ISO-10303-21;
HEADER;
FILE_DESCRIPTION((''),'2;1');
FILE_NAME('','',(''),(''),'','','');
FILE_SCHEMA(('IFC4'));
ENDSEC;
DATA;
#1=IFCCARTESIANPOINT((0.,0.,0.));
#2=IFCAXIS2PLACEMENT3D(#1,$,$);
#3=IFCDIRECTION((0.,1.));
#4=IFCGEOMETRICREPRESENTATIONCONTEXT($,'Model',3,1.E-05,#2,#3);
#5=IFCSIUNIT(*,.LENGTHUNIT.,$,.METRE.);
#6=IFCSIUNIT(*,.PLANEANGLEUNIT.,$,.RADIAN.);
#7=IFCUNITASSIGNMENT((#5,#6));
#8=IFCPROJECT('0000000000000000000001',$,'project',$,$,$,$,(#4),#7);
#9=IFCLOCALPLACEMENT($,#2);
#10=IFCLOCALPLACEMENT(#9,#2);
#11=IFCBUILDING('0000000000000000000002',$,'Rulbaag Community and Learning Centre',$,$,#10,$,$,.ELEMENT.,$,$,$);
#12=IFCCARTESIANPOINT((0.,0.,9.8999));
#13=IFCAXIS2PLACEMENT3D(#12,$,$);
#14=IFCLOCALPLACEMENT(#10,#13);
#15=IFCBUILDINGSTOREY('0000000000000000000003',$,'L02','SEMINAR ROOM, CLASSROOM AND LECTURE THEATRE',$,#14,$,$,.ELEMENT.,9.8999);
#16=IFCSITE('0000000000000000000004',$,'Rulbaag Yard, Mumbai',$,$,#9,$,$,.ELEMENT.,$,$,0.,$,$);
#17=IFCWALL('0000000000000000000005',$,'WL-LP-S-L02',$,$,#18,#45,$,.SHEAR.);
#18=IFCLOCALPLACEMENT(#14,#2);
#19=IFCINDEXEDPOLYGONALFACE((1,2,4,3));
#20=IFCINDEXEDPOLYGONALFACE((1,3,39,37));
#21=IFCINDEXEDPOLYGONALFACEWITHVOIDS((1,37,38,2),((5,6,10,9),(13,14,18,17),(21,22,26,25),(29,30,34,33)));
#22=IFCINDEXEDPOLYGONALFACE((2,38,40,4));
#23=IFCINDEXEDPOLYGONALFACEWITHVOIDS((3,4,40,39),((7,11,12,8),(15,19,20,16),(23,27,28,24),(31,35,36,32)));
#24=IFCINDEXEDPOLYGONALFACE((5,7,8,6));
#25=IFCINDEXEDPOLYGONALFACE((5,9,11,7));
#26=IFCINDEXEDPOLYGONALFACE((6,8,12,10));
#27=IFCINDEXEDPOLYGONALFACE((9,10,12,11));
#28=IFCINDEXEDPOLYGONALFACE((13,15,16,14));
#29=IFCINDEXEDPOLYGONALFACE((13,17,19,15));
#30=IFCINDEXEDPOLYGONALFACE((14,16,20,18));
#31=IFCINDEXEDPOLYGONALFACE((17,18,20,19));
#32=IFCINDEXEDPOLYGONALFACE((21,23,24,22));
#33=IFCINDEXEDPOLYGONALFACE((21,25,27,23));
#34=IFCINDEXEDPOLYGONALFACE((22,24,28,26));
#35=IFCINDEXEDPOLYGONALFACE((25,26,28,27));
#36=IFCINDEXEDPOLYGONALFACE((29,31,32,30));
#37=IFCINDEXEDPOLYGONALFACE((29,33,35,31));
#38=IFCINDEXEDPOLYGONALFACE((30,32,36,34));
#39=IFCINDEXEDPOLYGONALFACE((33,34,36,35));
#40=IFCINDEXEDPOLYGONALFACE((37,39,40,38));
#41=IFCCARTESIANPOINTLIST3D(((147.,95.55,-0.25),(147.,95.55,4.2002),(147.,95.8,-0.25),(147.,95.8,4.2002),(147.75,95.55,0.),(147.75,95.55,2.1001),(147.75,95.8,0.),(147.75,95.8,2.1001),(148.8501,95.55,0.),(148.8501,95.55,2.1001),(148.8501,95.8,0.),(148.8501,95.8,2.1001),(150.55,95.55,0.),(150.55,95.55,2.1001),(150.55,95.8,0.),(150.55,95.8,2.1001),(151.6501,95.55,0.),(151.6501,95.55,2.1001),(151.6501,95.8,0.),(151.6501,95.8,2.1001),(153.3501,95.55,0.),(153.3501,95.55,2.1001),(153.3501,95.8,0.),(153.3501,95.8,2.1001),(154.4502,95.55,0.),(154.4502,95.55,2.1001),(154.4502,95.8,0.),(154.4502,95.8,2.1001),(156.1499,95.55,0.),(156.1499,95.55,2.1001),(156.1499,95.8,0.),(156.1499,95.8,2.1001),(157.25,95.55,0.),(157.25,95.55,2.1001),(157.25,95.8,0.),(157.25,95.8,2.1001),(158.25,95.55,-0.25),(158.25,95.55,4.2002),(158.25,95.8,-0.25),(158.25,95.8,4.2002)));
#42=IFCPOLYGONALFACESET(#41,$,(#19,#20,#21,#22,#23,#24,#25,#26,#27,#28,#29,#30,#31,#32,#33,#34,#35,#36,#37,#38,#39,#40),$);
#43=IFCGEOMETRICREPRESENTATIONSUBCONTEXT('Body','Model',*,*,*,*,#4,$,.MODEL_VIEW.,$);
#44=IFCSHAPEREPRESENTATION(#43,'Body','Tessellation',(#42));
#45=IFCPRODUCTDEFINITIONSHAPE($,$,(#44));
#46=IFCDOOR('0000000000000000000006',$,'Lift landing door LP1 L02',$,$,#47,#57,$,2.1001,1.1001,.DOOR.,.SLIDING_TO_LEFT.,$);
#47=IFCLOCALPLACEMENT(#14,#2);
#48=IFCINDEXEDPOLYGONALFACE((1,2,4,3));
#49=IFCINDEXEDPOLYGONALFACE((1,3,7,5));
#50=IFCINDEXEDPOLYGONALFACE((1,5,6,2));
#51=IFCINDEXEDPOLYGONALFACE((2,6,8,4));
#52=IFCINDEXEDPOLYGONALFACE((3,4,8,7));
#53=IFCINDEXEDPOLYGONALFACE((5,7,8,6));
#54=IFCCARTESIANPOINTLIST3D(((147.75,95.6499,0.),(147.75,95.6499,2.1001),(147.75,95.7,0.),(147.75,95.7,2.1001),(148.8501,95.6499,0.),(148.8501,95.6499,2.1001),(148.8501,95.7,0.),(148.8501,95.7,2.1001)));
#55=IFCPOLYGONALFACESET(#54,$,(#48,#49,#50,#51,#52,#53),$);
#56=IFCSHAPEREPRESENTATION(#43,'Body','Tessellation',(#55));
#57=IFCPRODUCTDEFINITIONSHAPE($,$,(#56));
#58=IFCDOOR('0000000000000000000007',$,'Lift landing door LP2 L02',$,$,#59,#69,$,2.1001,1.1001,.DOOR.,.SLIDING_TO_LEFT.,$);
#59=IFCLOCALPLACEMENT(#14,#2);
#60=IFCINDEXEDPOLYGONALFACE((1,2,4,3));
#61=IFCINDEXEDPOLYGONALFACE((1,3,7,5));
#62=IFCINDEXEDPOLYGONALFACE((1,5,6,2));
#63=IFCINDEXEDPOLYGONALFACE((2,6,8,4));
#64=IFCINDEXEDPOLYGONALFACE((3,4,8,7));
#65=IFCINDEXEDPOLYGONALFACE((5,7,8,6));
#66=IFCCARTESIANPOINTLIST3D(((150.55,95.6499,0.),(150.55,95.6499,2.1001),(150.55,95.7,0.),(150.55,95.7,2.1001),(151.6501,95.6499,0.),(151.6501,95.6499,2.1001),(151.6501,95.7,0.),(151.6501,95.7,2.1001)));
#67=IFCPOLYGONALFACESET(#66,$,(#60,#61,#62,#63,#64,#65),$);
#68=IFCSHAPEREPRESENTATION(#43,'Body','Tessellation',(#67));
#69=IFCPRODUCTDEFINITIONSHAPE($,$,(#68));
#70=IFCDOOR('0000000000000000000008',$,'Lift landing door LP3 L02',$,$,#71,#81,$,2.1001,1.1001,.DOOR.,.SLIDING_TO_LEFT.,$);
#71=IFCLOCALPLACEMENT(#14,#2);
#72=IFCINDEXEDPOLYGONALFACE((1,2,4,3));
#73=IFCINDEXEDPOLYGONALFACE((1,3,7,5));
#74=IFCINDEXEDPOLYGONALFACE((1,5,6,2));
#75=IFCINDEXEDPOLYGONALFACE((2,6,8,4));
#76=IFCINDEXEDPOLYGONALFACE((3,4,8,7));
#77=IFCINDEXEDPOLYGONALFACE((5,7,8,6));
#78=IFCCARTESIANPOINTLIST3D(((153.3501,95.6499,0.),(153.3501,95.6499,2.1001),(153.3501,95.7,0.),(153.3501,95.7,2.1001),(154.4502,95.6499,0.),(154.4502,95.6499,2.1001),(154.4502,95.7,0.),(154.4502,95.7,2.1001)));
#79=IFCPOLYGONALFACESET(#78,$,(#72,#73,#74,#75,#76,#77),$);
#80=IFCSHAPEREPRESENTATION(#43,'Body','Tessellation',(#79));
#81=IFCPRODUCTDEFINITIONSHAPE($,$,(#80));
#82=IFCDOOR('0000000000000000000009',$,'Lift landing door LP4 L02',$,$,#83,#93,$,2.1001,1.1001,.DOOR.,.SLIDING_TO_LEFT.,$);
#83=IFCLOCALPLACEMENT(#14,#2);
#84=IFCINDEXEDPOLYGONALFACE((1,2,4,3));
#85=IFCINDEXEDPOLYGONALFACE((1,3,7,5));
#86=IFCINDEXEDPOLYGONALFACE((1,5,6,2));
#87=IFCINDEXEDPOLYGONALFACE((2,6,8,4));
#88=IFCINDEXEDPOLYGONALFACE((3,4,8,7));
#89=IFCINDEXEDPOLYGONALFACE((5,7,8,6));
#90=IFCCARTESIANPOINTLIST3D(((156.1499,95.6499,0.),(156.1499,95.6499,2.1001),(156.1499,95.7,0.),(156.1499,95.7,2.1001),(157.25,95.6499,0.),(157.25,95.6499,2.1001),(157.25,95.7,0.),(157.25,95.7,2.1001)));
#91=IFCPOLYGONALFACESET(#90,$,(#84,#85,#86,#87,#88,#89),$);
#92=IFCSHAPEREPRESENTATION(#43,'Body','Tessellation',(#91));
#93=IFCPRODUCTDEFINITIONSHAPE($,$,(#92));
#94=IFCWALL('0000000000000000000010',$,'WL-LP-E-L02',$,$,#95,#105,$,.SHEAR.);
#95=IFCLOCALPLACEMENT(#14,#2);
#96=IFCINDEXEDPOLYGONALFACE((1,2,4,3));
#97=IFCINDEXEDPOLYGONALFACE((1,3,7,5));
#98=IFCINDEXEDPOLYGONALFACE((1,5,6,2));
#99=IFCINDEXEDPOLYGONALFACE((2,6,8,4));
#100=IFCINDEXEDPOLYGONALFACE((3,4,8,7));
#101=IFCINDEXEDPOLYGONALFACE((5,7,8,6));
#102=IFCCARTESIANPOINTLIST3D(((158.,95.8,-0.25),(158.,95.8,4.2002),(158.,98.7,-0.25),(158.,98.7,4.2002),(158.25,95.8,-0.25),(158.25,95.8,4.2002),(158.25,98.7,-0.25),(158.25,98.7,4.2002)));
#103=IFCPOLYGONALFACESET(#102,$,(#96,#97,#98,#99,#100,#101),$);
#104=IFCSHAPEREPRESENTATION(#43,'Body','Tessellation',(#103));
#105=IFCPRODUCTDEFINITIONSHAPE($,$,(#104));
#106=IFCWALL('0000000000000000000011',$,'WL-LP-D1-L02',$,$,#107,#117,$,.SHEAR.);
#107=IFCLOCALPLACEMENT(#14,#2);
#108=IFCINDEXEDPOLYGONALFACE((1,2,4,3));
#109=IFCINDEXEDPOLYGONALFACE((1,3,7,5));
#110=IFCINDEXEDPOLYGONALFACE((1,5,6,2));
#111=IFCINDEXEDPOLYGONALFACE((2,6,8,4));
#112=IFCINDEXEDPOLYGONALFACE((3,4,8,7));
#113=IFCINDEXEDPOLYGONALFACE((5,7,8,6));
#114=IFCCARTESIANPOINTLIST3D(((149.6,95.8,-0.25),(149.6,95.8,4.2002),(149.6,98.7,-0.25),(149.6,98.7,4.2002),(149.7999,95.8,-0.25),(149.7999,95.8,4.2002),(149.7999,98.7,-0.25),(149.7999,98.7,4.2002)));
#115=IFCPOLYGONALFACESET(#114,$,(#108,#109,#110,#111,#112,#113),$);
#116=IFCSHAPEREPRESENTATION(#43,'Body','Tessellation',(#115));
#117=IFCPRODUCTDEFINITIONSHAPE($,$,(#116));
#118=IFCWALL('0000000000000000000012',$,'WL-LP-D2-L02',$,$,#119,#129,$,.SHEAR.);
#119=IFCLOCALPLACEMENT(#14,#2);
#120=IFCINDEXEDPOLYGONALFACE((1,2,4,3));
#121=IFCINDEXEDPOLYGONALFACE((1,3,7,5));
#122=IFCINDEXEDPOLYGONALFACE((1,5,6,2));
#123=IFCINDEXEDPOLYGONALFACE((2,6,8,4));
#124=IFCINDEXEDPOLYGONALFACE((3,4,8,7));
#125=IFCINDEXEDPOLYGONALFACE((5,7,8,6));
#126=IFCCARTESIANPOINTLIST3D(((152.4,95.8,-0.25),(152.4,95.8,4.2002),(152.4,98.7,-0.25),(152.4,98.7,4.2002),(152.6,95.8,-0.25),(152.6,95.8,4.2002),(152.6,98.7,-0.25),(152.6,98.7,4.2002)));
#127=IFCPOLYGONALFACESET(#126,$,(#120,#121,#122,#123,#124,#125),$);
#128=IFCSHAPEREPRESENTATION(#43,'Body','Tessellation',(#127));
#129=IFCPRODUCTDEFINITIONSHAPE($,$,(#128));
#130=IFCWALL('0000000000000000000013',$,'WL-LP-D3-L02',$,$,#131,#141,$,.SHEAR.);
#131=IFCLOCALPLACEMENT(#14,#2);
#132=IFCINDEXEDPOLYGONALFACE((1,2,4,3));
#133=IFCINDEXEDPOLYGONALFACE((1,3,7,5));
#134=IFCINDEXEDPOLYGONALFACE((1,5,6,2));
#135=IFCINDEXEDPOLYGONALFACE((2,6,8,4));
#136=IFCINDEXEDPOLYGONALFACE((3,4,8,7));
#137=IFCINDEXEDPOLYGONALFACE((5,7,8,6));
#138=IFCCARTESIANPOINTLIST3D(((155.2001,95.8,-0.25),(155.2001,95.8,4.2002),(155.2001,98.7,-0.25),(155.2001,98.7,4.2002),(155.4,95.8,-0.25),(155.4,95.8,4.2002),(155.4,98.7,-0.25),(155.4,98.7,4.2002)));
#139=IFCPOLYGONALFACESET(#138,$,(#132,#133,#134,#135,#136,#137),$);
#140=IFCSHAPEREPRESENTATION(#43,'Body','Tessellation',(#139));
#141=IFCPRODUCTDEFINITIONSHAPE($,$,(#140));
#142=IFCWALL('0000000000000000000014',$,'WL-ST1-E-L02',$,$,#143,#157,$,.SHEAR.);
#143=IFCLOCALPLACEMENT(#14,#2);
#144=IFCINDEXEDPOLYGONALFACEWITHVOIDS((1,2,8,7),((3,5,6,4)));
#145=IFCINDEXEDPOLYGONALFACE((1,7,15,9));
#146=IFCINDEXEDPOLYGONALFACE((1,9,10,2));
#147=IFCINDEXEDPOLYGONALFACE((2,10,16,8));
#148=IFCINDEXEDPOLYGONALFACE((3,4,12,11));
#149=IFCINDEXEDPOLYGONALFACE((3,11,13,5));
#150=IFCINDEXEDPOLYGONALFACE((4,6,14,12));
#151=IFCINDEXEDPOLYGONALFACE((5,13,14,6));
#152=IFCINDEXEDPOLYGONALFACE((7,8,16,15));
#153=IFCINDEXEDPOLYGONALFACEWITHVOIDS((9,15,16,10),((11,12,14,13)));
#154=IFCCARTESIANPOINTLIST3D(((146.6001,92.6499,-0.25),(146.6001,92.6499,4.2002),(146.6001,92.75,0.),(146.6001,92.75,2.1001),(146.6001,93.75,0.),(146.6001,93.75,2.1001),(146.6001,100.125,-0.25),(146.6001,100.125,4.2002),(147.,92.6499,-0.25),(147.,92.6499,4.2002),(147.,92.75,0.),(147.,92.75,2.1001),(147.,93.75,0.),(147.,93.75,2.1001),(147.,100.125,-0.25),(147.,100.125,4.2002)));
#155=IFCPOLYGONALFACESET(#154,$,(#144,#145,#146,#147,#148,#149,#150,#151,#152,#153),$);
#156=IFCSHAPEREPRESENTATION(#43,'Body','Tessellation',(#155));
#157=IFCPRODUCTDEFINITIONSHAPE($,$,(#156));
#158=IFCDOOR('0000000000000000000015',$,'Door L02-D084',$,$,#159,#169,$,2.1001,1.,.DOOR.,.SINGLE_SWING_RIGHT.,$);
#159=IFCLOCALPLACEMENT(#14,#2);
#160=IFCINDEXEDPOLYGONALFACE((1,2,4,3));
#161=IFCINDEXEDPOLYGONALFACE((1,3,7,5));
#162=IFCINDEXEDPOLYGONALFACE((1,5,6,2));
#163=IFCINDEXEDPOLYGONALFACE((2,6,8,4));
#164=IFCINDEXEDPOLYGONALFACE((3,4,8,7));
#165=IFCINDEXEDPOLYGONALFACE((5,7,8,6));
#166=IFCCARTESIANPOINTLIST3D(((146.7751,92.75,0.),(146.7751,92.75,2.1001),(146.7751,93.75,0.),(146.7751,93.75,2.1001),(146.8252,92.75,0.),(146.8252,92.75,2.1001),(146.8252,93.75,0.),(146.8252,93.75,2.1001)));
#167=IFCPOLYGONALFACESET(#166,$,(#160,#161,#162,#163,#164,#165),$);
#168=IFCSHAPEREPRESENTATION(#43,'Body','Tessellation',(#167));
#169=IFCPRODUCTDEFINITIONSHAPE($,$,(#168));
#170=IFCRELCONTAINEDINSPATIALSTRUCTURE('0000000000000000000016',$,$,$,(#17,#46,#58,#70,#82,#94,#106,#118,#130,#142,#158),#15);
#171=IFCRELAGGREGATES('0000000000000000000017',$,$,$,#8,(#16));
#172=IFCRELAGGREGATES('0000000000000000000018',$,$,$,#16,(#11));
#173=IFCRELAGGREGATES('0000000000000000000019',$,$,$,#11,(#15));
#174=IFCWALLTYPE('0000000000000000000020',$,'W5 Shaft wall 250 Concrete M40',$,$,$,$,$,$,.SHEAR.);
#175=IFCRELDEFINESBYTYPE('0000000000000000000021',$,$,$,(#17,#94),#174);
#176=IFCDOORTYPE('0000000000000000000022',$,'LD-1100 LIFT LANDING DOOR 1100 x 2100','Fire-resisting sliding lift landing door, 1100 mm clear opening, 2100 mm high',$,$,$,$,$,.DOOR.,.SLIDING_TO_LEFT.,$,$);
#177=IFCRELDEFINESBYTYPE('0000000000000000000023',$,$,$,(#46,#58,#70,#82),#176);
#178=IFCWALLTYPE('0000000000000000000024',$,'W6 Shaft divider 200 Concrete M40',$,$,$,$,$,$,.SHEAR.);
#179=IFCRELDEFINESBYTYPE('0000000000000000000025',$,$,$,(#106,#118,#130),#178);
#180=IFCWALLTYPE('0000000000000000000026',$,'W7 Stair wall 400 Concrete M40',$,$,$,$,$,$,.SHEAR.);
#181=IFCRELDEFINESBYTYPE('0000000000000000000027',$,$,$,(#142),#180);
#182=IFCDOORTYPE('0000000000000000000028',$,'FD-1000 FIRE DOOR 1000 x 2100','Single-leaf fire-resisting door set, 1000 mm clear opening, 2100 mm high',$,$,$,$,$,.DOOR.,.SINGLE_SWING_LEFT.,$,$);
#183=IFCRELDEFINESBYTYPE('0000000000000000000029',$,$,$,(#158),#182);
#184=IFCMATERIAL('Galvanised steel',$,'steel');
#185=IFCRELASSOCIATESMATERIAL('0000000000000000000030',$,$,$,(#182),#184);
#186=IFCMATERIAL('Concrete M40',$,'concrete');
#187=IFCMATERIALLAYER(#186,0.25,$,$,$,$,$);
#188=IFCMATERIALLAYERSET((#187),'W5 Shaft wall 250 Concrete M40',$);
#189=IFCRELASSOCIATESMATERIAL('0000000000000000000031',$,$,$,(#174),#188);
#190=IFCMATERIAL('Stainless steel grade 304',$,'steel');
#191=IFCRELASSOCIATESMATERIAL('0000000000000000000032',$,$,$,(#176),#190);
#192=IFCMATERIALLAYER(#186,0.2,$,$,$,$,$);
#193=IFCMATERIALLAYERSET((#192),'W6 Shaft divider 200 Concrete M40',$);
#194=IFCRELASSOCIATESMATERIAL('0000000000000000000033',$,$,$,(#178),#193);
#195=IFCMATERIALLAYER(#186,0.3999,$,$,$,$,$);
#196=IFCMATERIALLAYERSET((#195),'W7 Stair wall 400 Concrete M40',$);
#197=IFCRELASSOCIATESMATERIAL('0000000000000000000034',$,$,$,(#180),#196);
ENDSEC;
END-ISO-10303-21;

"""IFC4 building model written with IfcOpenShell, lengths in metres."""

from ifc_helpers import new_model, si_unit, direction, frame, frame_2d, origin, place, context, subcontext, project, spatial, rectangle, extrude, material, layer, layer_set, type_object, element, fill, save


model = new_model("IFC4")

# Units and contexts
model_context = context("Model", 3, precision=1e-05, world=origin(), true_north=direction((0.0, 1.0)))
body_context = subcontext(model_context, "Body", "Model", "MODEL_VIEW")
ifc_project = project(units=[si_unit("LENGTHUNIT", "METRE"), si_unit("PLANEANGLEUNIT", "RADIAN")], contexts=[model_context])

# Site, building, storey
site_placement = place(None, origin())
site = spatial("IfcSite", under=ifc_project, at=site_placement, Name="Rulbaag Yard, Mumbai", CompositionType="ELEMENT", RefElevation=0.0)
building_placement = place(site_placement, origin())
building = spatial("IfcBuilding", under=site, at=building_placement, Name="Rulbaag Community and Learning Centre", CompositionType="ELEMENT")
storey_placement = place(building_placement, frame((0.0, 0.0, 9.8999)))
storey = spatial("IfcBuildingStorey", under=building, at=storey_placement, Name="L02", Description="SEMINAR ROOM, CLASSROOM AND LECTURE THEATRE", CompositionType="ELEMENT", Elevation=9.8999)

# Shared definitions
ifc_material_1 = material(Name="Concrete M40", Category="concrete")

# Wall, openings, doors
ifc_material_2 = material(Name="Galvanised steel", Category="steel")
door_type_1 = type_object("IfcDoorType", Name="FD-1000 FIRE DOOR 1000 x 2100", Description="Single-leaf fire-resisting door set, 1000 mm clear opening, 2100 mm high", OperationType="SINGLE_SWING_LEFT", PredefinedType="DOOR", material=ifc_material_2)
ifc_layer_1 = layer(ifc_material_1, 0.25)
ifc_layer_set_1 = layer_set([ifc_layer_1], Name="W5 Shaft wall 250 Concrete M40")
wall_type_1 = type_object("IfcWallType", Name="W5 Shaft wall 250 Concrete M40", PredefinedType="SHEAR", material=ifc_layer_set_1)
wall_1_placement = place(storey_placement, frame((147.0, 95.675, -0.25), z_axis=(0.0, 0.0, 1.0), x_axis=(1.0, 0.0, 0.0)))
wall_1 = element("IfcWall", 1, at=wall_1_placement, inside=storey, type_object=wall_type_1, Name="WL-LP-S-L02", PredefinedType="SHEAR", context=body_context, shape_type="SweptSolid", body=[
    extrude(rectangle(XDim=11.25, YDim=0.25, at=frame_2d((5.625, 0.0))), origin(), (0.0, 0.0, 1.0), 4.4502),
])
opening_1_placement = place(wall_1_placement, frame((0.75, 0.0, 0.25)))
opening_1 = element("IfcOpeningElement", 2, at=opening_1_placement, cuts=wall_1, PredefinedType="OPENING", context=body_context, shape_type="SweptSolid", body=[
    extrude(rectangle(XDim=1.1001, YDim=2.1001, at=frame_2d((0.55, 1.05))), frame((0.0, 0.135, 0.0), z_axis=(0.0, -1.0, 0.0), x_axis=(1.0, 0.0, 0.0)), (0.0, 0.0, 1.0), 0.27),
])
opening_2_placement = place(wall_1_placement, frame((3.55, 0.0, 0.25)))
opening_2 = element("IfcOpeningElement", 3, at=opening_2_placement, cuts=wall_1, PredefinedType="OPENING", context=body_context, shape_type="SweptSolid", body=[
    extrude(rectangle(XDim=1.1001, YDim=2.1001, at=frame_2d((0.55, 1.05))), frame((0.0, 0.135, 0.0), z_axis=(0.0, -1.0, 0.0), x_axis=(1.0, 0.0, 0.0)), (0.0, 0.0, 1.0), 0.27),
])
opening_3_placement = place(wall_1_placement, frame((6.3501, 0.0, 0.25)))
opening_3 = element("IfcOpeningElement", 4, at=opening_3_placement, cuts=wall_1, PredefinedType="OPENING", context=body_context, shape_type="SweptSolid", body=[
    extrude(rectangle(XDim=1.1001, YDim=2.1001, at=frame_2d((0.55, 1.05))), frame((0.0, 0.135, 0.0), z_axis=(0.0, -1.0, 0.0), x_axis=(1.0, 0.0, 0.0)), (0.0, 0.0, 1.0), 0.27),
])
opening_4_placement = place(wall_1_placement, frame((9.1499, 0.0, 0.25)))
opening_4 = element("IfcOpeningElement", 5, at=opening_4_placement, cuts=wall_1, PredefinedType="OPENING", context=body_context, shape_type="SweptSolid", body=[
    extrude(rectangle(XDim=1.1001, YDim=2.1001, at=frame_2d((0.55, 1.05))), frame((0.0, 0.135, 0.0), z_axis=(0.0, -1.0, 0.0), x_axis=(1.0, 0.0, 0.0)), (0.0, 0.0, 1.0), 0.27),
])
ifc_material_3 = material(Name="Stainless steel grade 304", Category="steel")
door_type_2 = type_object("IfcDoorType", Name="LD-1100 LIFT LANDING DOOR 1100 x 2100", Description="Fire-resisting sliding lift landing door, 1100 mm clear opening, 2100 mm high", OperationType="SLIDING_TO_LEFT", PredefinedType="DOOR", material=ifc_material_3)
door_1_placement = place(opening_1_placement, origin())
door_1 = element("IfcDoor", 6, at=door_1_placement, inside=storey, type_object=door_type_2, Name="Lift landing door LP1 L02", OperationType="SLIDING_TO_LEFT", OverallHeight=2.1001, OverallWidth=1.1001, PredefinedType="DOOR", context=body_context, shape_type="SweptSolid", body=[
    extrude(rectangle(XDim=1.1001, YDim=2.1001, at=frame_2d((0.55, 1.05))), frame((0.0, 0.0249, 0.0), z_axis=(0.0, -1.0, 0.0), x_axis=(1.0, 0.0, 0.0)), (0.0, 0.0, 1.0), 0.05),
])
fill(opening_1, door_1)
door_2_placement = place(opening_2_placement, origin())
door_2 = element("IfcDoor", 7, at=door_2_placement, inside=storey, type_object=door_type_2, Name="Lift landing door LP2 L02", OperationType="SLIDING_TO_LEFT", OverallHeight=2.1001, OverallWidth=1.1001, PredefinedType="DOOR", context=body_context, shape_type="SweptSolid", body=[
    extrude(rectangle(XDim=1.1001, YDim=2.1001, at=frame_2d((0.55, 1.05))), frame((0.0, 0.0249, 0.0), z_axis=(0.0, -1.0, 0.0), x_axis=(1.0, 0.0, 0.0)), (0.0, 0.0, 1.0), 0.05),
])
fill(opening_2, door_2)
door_3_placement = place(opening_3_placement, origin())
door_3 = element("IfcDoor", 8, at=door_3_placement, inside=storey, type_object=door_type_2, Name="Lift landing door LP3 L02", OperationType="SLIDING_TO_LEFT", OverallHeight=2.1001, OverallWidth=1.1001, PredefinedType="DOOR", context=body_context, shape_type="SweptSolid", body=[
    extrude(rectangle(XDim=1.1001, YDim=2.1001, at=frame_2d((0.55, 1.05))), frame((0.0, 0.0249, 0.0), z_axis=(0.0, -1.0, 0.0), x_axis=(1.0, 0.0, 0.0)), (0.0, 0.0, 1.0), 0.05),
])
fill(opening_3, door_3)
door_4_placement = place(opening_4_placement, origin())
door_4 = element("IfcDoor", 9, at=door_4_placement, inside=storey, type_object=door_type_2, Name="Lift landing door LP4 L02", OperationType="SLIDING_TO_LEFT", OverallHeight=2.1001, OverallWidth=1.1001, PredefinedType="DOOR", context=body_context, shape_type="SweptSolid", body=[
    extrude(rectangle(XDim=1.1001, YDim=2.1001, at=frame_2d((0.55, 1.05))), frame((0.0, 0.0249, 0.0), z_axis=(0.0, -1.0, 0.0), x_axis=(1.0, 0.0, 0.0)), (0.0, 0.0, 1.0), 0.05),
])
fill(opening_4, door_4)

# Walls
wall_2_placement = place(storey_placement, frame((158.125, 95.8, -0.25), z_axis=(0.0, 0.0, 1.0), x_axis=(0.0, 1.0, 0.0)))
element("IfcWall", 10, at=wall_2_placement, inside=storey, type_object=wall_type_1, Name="WL-LP-E-L02", PredefinedType="SHEAR", context=body_context, shape_type="SweptSolid", body=[
    extrude(rectangle(XDim=2.8999, YDim=0.25, at=frame_2d((1.45, 0.0))), origin(), (0.0, 0.0, 1.0), 4.4502),
])
ifc_layer_2 = layer(ifc_material_1, 0.2)
ifc_layer_set_2 = layer_set([ifc_layer_2], Name="W6 Shaft divider 200 Concrete M40")
wall_type_2 = type_object("IfcWallType", Name="W6 Shaft divider 200 Concrete M40", PredefinedType="SHEAR", material=ifc_layer_set_2)
for number, where, z_axis, x_axis, name in (
    (11, (149.7, 95.8, -0.25), (0.0, 0.0, 1.0), (0.0, 1.0, 0.0), "WL-LP-D1-L02"),
    (12, (152.5, 95.8, -0.25), (0.0, 0.0, 1.0), (0.0, 1.0, 0.0), "WL-LP-D2-L02"),
    (13, (155.3, 95.8, -0.25), (0.0, 0.0, 1.0), (0.0, 1.0, 0.0), "WL-LP-D3-L02"),
):
    element("IfcWall", number, at=place(storey_placement, frame(where, z_axis=z_axis, x_axis=x_axis)), inside=storey, type_object=wall_type_2, Name=name, PredefinedType="SHEAR", context=body_context, shape_type="SweptSolid", body=[
        extrude(rectangle(XDim=2.8999, YDim=0.2, at=frame_2d((1.45, 0.0))), origin(), (0.0, 0.0, 1.0), 4.4502),
    ])

# Wall, opening, door
ifc_layer_3 = layer(ifc_material_1, 0.3999)
ifc_layer_set_3 = layer_set([ifc_layer_3], Name="W7 Stair wall 400 Concrete M40")
wall_type_3 = type_object("IfcWallType", Name="W7 Stair wall 400 Concrete M40", PredefinedType="SHEAR", material=ifc_layer_set_3)
wall_3_placement = place(storey_placement, frame((146.8, 92.6499, -0.25), z_axis=(0.0, 0.0, 1.0), x_axis=(0.0, 1.0, 0.0)))
wall_3 = element("IfcWall", 14, at=wall_3_placement, inside=storey, type_object=wall_type_3, Name="WL-ST1-E-L02", PredefinedType="SHEAR", context=body_context, shape_type="SweptSolid", body=[
    extrude(rectangle(XDim=7.4751, YDim=0.3999, at=frame_2d((3.7375, 0.0))), origin(), (0.0, 0.0, 1.0), 4.4502),
])
opening_5_placement = place(wall_3_placement, frame((0.1001, 0.0, 0.25)))
opening_5 = element("IfcOpeningElement", 15, at=opening_5_placement, cuts=wall_3, PredefinedType="OPENING", context=body_context, shape_type="SweptSolid", body=[
    extrude(rectangle(XDim=1.0, YDim=2.1001, at=frame_2d((0.5, 1.05))), frame((0.0, 0.21, 0.0), z_axis=(0.0, -1.0, 0.0), x_axis=(1.0, 0.0, 0.0)), (0.0, 0.0, 1.0), 0.4199),
])
door_5_placement = place(opening_5_placement, origin())
door_5 = element("IfcDoor", 16, at=door_5_placement, inside=storey, type_object=door_type_1, Name="Door L02-D084", OperationType="SINGLE_SWING_RIGHT", OverallHeight=2.1001, OverallWidth=1.0, PredefinedType="DOOR", context=body_context, shape_type="SweptSolid", body=[
    extrude(rectangle(XDim=1.0, YDim=2.1001, at=frame_2d((0.5, 1.05))), frame((0.0, 0.0249, 0.0), z_axis=(0.0, -1.0, 0.0), x_axis=(1.0, 0.0, 0.0)), (0.0, 0.0, 1.0), 0.05),
])
fill(opening_5, door_5)

save(model, "model.ifc")
